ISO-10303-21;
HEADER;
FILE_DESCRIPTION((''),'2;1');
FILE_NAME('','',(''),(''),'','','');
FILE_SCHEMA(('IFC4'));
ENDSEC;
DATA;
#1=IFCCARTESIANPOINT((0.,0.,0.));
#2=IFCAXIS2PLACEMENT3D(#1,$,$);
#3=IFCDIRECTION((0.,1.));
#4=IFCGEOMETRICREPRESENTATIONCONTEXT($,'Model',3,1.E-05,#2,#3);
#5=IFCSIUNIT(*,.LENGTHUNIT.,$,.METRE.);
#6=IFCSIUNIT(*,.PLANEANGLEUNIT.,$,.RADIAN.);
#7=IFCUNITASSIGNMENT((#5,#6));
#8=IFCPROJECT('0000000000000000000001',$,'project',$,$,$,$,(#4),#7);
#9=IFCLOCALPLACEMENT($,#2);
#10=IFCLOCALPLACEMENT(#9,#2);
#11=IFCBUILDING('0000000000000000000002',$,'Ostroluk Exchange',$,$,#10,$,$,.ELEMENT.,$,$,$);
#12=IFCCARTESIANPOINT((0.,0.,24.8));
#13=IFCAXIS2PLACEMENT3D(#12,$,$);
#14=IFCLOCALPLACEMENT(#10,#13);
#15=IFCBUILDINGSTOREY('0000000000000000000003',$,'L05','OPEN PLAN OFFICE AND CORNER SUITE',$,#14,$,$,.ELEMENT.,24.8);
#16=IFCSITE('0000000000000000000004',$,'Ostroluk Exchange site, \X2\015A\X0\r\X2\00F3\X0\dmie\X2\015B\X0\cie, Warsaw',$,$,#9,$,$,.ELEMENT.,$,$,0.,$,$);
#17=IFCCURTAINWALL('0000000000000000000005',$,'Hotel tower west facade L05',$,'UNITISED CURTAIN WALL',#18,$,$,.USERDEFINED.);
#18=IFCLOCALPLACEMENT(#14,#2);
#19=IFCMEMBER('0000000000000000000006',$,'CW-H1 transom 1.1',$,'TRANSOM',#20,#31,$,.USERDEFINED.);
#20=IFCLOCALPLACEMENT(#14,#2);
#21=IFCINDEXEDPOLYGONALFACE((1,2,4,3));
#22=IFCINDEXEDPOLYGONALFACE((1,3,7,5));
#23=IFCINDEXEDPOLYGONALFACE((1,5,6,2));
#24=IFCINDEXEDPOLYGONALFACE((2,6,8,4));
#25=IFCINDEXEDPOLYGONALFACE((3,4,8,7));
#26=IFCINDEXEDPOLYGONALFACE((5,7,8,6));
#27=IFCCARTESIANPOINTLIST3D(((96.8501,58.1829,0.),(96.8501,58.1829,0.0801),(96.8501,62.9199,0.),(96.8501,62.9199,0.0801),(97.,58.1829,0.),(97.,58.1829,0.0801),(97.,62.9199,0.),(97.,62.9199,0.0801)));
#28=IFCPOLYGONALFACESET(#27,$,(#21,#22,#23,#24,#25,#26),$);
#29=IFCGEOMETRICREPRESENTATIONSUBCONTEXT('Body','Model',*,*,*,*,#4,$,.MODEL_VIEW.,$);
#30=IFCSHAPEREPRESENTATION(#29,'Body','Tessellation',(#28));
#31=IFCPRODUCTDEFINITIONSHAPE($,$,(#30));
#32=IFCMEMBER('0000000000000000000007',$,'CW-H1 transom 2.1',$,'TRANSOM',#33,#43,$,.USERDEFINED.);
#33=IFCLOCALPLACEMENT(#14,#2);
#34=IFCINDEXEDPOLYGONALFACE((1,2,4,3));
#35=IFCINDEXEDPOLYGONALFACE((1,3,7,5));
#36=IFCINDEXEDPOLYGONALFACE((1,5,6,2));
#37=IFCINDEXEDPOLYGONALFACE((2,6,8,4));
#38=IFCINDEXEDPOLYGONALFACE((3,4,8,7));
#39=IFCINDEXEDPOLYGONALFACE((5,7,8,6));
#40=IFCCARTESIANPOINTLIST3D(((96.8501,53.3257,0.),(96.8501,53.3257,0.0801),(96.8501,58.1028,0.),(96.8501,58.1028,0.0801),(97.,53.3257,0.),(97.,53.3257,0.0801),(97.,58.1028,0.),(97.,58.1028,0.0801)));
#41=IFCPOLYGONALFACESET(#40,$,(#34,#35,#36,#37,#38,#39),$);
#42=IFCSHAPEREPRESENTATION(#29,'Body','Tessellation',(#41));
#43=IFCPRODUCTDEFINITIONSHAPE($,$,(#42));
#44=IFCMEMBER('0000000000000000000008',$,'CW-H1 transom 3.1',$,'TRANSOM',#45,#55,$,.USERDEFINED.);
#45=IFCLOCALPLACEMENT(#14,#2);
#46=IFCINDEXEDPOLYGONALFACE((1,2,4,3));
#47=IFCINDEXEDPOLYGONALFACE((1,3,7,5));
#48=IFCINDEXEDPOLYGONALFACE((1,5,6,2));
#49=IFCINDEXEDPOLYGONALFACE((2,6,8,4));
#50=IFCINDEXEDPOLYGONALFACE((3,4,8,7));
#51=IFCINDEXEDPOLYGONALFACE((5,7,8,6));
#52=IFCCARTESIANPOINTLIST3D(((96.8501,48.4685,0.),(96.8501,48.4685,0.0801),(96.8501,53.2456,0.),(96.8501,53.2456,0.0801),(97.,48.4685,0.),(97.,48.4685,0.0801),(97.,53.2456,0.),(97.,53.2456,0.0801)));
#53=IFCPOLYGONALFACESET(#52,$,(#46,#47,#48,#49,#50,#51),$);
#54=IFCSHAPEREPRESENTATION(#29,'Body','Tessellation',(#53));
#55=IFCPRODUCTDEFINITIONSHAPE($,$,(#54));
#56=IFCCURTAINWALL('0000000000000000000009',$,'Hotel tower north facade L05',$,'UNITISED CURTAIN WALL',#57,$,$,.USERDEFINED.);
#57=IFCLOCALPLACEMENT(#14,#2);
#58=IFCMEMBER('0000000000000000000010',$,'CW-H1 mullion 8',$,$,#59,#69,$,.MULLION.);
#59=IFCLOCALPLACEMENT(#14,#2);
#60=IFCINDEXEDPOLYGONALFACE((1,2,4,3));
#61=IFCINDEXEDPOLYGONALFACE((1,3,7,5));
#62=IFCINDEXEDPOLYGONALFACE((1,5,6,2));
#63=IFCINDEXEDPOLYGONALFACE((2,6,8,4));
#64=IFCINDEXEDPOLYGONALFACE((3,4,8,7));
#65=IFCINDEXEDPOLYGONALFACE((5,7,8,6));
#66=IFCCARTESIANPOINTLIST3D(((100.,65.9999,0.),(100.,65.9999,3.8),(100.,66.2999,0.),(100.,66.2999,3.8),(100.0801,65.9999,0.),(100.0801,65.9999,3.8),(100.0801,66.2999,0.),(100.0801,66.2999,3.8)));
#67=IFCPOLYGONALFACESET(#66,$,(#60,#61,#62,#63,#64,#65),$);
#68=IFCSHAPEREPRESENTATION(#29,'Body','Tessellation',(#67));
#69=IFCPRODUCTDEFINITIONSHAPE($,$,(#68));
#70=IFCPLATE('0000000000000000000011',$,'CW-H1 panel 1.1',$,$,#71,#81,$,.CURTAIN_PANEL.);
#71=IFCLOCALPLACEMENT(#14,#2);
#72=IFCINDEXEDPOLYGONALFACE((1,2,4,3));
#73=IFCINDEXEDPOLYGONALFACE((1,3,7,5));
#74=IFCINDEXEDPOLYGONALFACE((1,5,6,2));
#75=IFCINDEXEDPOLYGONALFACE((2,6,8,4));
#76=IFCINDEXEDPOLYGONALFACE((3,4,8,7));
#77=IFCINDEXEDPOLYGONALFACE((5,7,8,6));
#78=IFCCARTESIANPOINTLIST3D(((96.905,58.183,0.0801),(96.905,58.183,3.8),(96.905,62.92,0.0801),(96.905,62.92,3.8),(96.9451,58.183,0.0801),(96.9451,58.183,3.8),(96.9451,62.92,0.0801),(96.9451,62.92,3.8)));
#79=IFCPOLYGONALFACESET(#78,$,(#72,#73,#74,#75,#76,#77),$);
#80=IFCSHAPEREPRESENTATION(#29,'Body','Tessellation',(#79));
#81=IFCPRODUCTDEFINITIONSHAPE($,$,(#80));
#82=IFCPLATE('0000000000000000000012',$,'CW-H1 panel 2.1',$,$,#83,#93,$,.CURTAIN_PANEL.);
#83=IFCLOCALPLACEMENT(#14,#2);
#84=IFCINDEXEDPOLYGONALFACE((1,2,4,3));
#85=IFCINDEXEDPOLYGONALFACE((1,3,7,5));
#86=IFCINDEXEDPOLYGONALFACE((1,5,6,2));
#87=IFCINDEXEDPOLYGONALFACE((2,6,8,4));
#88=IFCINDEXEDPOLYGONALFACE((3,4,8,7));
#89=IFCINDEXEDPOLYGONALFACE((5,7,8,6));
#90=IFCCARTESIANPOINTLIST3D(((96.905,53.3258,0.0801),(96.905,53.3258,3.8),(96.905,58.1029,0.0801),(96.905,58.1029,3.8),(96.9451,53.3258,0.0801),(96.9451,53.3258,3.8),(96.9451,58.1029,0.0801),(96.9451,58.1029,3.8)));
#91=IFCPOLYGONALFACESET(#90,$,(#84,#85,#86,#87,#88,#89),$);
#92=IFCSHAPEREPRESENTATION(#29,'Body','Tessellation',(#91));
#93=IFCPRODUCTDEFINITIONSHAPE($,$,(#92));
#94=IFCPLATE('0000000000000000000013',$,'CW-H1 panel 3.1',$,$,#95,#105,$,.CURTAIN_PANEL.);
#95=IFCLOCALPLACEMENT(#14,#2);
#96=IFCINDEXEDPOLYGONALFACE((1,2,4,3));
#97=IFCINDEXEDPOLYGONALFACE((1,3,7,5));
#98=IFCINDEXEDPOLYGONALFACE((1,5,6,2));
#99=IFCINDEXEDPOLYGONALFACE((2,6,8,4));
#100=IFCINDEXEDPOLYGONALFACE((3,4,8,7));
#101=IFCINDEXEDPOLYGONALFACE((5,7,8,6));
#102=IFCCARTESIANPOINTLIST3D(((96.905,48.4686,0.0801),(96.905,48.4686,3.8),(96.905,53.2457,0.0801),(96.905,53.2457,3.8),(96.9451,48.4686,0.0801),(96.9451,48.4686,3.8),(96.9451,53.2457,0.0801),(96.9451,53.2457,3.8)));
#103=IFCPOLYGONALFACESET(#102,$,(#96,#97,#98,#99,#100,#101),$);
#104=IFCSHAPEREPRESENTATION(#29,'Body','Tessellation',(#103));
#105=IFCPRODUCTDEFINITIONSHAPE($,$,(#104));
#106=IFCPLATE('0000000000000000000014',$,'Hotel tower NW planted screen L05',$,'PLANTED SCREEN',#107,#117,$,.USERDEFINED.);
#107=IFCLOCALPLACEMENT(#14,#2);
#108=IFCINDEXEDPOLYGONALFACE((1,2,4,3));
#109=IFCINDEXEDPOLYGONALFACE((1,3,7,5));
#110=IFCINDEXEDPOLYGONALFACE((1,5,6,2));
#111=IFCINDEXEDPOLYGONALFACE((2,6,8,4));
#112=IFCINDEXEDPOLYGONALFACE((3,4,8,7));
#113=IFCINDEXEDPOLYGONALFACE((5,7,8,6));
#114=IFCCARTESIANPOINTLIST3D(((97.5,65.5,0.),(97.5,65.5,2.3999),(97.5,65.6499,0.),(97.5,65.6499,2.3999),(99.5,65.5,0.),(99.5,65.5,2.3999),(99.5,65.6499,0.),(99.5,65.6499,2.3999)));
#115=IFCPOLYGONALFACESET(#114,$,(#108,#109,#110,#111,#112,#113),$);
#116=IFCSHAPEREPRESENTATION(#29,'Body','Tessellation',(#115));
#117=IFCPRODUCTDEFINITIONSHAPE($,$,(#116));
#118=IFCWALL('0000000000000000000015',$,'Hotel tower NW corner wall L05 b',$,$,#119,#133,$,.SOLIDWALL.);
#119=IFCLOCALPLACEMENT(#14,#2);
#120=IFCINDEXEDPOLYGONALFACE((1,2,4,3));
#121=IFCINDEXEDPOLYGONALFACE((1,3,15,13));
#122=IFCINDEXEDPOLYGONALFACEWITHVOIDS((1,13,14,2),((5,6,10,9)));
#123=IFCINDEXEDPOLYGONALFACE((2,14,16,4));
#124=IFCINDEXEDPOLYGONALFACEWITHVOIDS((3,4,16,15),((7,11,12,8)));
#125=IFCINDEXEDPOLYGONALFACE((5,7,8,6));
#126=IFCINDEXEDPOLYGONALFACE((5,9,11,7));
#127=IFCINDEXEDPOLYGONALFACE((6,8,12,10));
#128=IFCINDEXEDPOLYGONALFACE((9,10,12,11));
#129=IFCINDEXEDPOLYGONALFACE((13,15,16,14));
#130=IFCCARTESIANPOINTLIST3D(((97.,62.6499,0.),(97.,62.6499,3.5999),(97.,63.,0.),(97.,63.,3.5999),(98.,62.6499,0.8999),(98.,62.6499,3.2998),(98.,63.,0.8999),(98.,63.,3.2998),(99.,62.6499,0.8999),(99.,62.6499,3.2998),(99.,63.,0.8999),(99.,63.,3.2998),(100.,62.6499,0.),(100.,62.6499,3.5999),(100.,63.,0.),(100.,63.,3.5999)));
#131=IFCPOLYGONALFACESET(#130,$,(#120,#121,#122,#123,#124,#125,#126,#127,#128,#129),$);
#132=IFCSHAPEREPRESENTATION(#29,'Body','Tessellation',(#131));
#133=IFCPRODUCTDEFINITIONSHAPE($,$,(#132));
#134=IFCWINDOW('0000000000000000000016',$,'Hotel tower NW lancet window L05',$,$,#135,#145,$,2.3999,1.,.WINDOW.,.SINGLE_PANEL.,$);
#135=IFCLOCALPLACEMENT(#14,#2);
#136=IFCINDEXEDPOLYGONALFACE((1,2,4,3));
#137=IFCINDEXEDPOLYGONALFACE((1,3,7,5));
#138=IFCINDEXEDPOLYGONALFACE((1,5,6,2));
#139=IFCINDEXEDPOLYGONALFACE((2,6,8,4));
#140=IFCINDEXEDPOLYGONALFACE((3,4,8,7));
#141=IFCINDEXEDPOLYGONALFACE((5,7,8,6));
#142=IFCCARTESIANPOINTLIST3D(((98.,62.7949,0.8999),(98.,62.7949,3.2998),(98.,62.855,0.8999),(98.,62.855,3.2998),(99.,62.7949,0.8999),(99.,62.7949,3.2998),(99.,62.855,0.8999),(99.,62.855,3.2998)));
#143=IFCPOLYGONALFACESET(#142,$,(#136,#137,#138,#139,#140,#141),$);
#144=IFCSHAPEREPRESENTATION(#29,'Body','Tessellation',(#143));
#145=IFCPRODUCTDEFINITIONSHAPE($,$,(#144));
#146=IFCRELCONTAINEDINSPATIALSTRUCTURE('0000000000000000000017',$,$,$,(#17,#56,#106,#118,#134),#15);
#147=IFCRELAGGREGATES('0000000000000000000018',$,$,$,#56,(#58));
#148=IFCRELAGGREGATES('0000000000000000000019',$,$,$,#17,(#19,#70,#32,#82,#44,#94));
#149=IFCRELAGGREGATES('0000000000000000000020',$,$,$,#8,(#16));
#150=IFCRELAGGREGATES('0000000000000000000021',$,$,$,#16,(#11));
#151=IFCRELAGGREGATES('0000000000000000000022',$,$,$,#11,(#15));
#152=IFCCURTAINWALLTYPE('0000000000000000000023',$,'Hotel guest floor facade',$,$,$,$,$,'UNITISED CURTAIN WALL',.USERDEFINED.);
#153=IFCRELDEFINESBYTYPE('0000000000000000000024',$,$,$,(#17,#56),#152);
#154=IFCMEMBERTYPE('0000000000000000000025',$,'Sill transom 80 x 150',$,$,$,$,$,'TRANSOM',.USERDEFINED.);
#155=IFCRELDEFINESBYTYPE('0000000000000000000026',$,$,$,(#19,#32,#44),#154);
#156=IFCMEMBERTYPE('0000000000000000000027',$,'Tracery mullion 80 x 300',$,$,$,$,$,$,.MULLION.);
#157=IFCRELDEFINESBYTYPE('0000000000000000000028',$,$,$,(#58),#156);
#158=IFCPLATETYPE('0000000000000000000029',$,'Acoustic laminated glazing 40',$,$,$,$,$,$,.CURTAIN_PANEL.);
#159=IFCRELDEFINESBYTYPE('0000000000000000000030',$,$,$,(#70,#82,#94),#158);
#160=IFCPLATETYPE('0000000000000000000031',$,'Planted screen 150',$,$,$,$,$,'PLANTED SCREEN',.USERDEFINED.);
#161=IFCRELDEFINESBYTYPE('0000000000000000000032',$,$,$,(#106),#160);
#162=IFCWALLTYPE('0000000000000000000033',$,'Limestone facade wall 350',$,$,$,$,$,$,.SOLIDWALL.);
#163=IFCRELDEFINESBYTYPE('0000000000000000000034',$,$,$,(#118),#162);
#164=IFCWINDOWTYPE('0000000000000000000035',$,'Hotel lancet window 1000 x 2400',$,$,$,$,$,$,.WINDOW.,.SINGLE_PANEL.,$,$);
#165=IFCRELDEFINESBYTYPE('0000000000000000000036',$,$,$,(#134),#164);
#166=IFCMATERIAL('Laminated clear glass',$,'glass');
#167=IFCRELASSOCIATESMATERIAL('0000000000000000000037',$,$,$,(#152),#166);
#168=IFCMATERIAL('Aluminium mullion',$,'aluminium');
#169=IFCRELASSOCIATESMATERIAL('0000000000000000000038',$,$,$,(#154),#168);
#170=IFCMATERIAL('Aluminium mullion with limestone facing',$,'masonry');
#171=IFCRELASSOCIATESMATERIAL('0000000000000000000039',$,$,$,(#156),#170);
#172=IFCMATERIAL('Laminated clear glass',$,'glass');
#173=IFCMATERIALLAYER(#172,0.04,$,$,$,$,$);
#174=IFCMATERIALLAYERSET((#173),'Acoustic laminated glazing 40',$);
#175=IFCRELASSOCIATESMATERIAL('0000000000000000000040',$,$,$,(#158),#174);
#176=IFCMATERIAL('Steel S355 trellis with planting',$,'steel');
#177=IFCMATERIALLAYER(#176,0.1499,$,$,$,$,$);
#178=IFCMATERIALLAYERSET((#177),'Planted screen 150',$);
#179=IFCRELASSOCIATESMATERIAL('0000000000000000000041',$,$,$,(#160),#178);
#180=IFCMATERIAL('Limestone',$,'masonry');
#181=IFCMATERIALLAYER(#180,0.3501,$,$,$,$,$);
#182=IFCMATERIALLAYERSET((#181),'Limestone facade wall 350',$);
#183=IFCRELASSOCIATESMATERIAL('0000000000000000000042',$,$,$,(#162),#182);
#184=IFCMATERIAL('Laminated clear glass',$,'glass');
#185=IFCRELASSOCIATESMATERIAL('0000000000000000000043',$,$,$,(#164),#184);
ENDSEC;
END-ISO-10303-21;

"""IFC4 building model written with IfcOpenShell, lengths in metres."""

from ifc_helpers import new_model, si_unit, direction, frame, frame_2d, origin, origin_2d, place, context, subcontext, project, spatial, rectangle, extrude, material, layer, layer_set, material_profile, profile_set, type_object, element, fill, aggregate, save


model = new_model("IFC4")

# Units and contexts
model_context = context("Model", 3, precision=1e-05, world=origin(), true_north=direction((0.0, 1.0)))
body_context = subcontext(model_context, "Body", "Model", "MODEL_VIEW")
ifc_project = project(units=[si_unit("LENGTHUNIT", "METRE"), si_unit("PLANEANGLEUNIT", "RADIAN")], contexts=[model_context])

# Site, building, storey
site_placement = place(None, origin())
site = spatial("IfcSite", under=ifc_project, at=site_placement, Name="Ostroluk Exchange site, Śródmieście, Warsaw", CompositionType="ELEMENT", RefElevation=0.0)
building_placement = place(site_placement, origin())
building = spatial("IfcBuilding", under=site, at=building_placement, Name="Ostroluk Exchange", CompositionType="ELEMENT")
storey_placement = place(building_placement, frame((0.0, 0.0, 24.8)))
storey = spatial("IfcBuildingStorey", under=building, at=storey_placement, Name="L05", Description="OPEN PLAN OFFICE AND CORNER SUITE", CompositionType="ELEMENT", Elevation=24.8)

# Curtain wall, members
ifc_material_1 = material(Name="Laminated clear glass", Category="glass")
curtain_wall_type = type_object("IfcCurtainWallType", Name="Hotel guest floor facade", ElementType="UNITISED CURTAIN WALL", PredefinedType="USERDEFINED", material=ifc_material_1)
curtain_wall_1_placement = place(storey_placement, origin())
curtain_wall_1 = element("IfcCurtainWall", 1, at=curtain_wall_1_placement, inside=storey, type_object=curtain_wall_type, Name="Hotel tower west facade L05", ObjectType="UNITISED CURTAIN WALL", PredefinedType="USERDEFINED")
ifc_material_2 = material(Name="Aluminium mullion", Category="aluminium")
ifc_material_profile_1 = material_profile(ifc_material_2, rectangle(XDim=0.1499, YDim=0.0801, at=origin_2d()), Name="Sill transom 80 x 150")
ifc_profile_set_1 = profile_set([ifc_material_profile_1], Name="Aluminium mullion")
member_type_1 = type_object("IfcMemberType", Name="Sill transom 80 x 150", ElementType="TRANSOM", PredefinedType="USERDEFINED", material=ifc_profile_set_1)
member_1_placement = place(storey_placement, frame((96.925, 62.9199, 0.04), z_axis=(0.0, -1.0, 0.0), x_axis=(1.0, 0.0, 0.0)))
member_1 = element("IfcMember", 2, at=member_1_placement, type_object=member_type_1, Name="CW-H1 transom 1.1", ObjectType="TRANSOM", PredefinedType="USERDEFINED", context=body_context, shape_type="SweptSolid", body=[
    extrude(rectangle(XDim=0.1499, YDim=0.0801, at=origin_2d()), origin(), (0.0, 0.0, 1.0), 4.7371),
])
member_2_placement = place(storey_placement, frame((96.925, 58.1028, 0.04), z_axis=(0.0, -1.0, 0.0), x_axis=(1.0, 0.0, 0.0)))
member_2 = element("IfcMember", 3, at=member_2_placement, type_object=member_type_1, Name="CW-H1 transom 2.1", ObjectType="TRANSOM", PredefinedType="USERDEFINED", context=body_context, shape_type="SweptSolid", body=[
    extrude(rectangle(XDim=0.1499, YDim=0.0801, at=origin_2d()), origin(), (0.0, 0.0, 1.0), 4.7771),
])
member_3_placement = place(storey_placement, frame((96.925, 53.2456, 0.04), z_axis=(0.0, -1.0, 0.0), x_axis=(1.0, 0.0, 0.0)))
member_3 = element("IfcMember", 4, at=member_3_placement, type_object=member_type_1, Name="CW-H1 transom 3.1", ObjectType="TRANSOM", PredefinedType="USERDEFINED", context=body_context, shape_type="SweptSolid", body=[
    extrude(rectangle(XDim=0.1499, YDim=0.0801, at=origin_2d()), origin(), (0.0, 0.0, 1.0), 4.7771),
])

# Curtain wall, member
curtain_wall_2_placement = place(storey_placement, origin())
curtain_wall_2 = element("IfcCurtainWall", 5, at=curtain_wall_2_placement, inside=storey, type_object=curtain_wall_type, Name="Hotel tower north facade L05", ObjectType="UNITISED CURTAIN WALL", PredefinedType="USERDEFINED")
ifc_material_3 = material(Name="Aluminium mullion with limestone facing", Category="masonry")
ifc_material_profile_2 = material_profile(ifc_material_3, rectangle(XDim=0.3, YDim=0.0801, at=origin_2d()), Name="Tracery mullion 80 x 300")
ifc_profile_set_2 = profile_set([ifc_material_profile_2], Name="Aluminium mullion with limestone facing")
member_type_2 = type_object("IfcMemberType", Name="Tracery mullion 80 x 300", PredefinedType="MULLION", material=ifc_profile_set_2)
member_4_placement = place(storey_placement, frame((100.04, 66.1499, 0.0), z_axis=(0.0, 0.0, 1.0), x_axis=(0.0, -1.0, 0.0)))
member_4 = element("IfcMember", 6, at=member_4_placement, type_object=member_type_2, Name="CW-H1 mullion 8", PredefinedType="MULLION", context=body_context, shape_type="SweptSolid", body=[
    extrude(rectangle(XDim=0.3, YDim=0.0801, at=origin_2d()), origin(), (0.0, 0.0, 1.0), 3.8),
])
aggregate(curtain_wall_2, [member_4])

# Plates
ifc_material_4 = material(Name="Laminated clear glass", Category="glass")
ifc_layer_1 = layer(ifc_material_4, 0.04)
ifc_layer_set_1 = layer_set([ifc_layer_1], Name="Acoustic laminated glazing 40")
plate_type_1 = type_object("IfcPlateType", Name="Acoustic laminated glazing 40", PredefinedType="CURTAIN_PANEL", material=ifc_layer_set_1)
plate_1_placement = place(storey_placement, frame((96.925, 60.5515, 0.0801), z_axis=(0.0, 0.0, 1.0), x_axis=(0.0, -1.0, 0.0)))
plate_1 = element("IfcPlate", 7, at=plate_1_placement, type_object=plate_type_1, Name="CW-H1 panel 1.1", PredefinedType="CURTAIN_PANEL", context=body_context, shape_type="SweptSolid", body=[
    extrude(rectangle(XDim=4.7371, YDim=0.04, at=origin_2d()), origin(), (0.0, 0.0, 1.0), 3.72),
])
plate_2_placement = place(storey_placement, frame((96.925, 55.7144, 0.0801), z_axis=(0.0, 0.0, 1.0), x_axis=(0.0, -1.0, 0.0)))
plate_2 = element("IfcPlate", 8, at=plate_2_placement, type_object=plate_type_1, Name="CW-H1 panel 2.1", PredefinedType="CURTAIN_PANEL", context=body_context, shape_type="SweptSolid", body=[
    extrude(rectangle(XDim=4.7771, YDim=0.04, at=origin_2d()), origin(), (0.0, 0.0, 1.0), 3.72),
])
plate_3_placement = place(storey_placement, frame((96.925, 50.8572, 0.0801), z_axis=(0.0, 0.0, 1.0), x_axis=(0.0, -1.0, 0.0)))
plate_3 = element("IfcPlate", 9, at=plate_3_placement, type_object=plate_type_1, Name="CW-H1 panel 3.1", PredefinedType="CURTAIN_PANEL", context=body_context, shape_type="SweptSolid", body=[
    extrude(rectangle(XDim=4.7771, YDim=0.04, at=origin_2d()), origin(), (0.0, 0.0, 1.0), 3.72),
])
aggregate(curtain_wall_1, [member_1, plate_1, member_2, plate_2, member_3, plate_3])
ifc_material_5 = material(Name="Steel S355 trellis with planting", Category="steel")
ifc_layer_2 = layer(ifc_material_5, 0.1499)
ifc_layer_set_2 = layer_set([ifc_layer_2], Name="Planted screen 150")
plate_type_2 = type_object("IfcPlateType", Name="Planted screen 150", ElementType="PLANTED SCREEN", PredefinedType="USERDEFINED", material=ifc_layer_set_2)
plate_4_placement = place(storey_placement, frame((98.5, 65.575, 0.0), z_axis=(0.0, 0.0, 1.0), x_axis=(1.0, 0.0, 0.0)))
element("IfcPlate", 10, at=plate_4_placement, inside=storey, type_object=plate_type_2, Name="Hotel tower NW planted screen L05", ObjectType="PLANTED SCREEN", PredefinedType="USERDEFINED", context=body_context, shape_type="SweptSolid", body=[
    extrude(rectangle(XDim=2.0, YDim=0.1499, at=origin_2d()), origin(), (0.0, 0.0, 1.0), 2.3999),
])

# Shared definitions
ifc_material_6 = material(Name="Limestone", Category="masonry")
ifc_layer_3 = layer(ifc_material_6, 0.3501)
ifc_layer_set_3 = layer_set([ifc_layer_3], Name="Limestone facade wall 350")
wall_type = type_object("IfcWallType", Name="Limestone facade wall 350", PredefinedType="SOLIDWALL", material=ifc_layer_set_3)

# Wall, opening, window
wall_1_placement = place(storey_placement, frame((100.0, 62.825, 0.0), z_axis=(0.0, 0.0, 1.0), x_axis=(-1.0, 0.0, 0.0)))
wall_1 = element("IfcWall", 11, at=wall_1_placement, inside=storey, type_object=wall_type, Name="Hotel tower NW corner wall L05 b", PredefinedType="SOLIDWALL", context=body_context, shape_type="SweptSolid", body=[
    extrude(rectangle(XDim=3.0, YDim=0.3501, at=frame_2d((1.5, 0.0))), origin(), (0.0, 0.0, 1.0), 3.5999),
])
opening_1_placement = place(wall_1_placement, frame((1.0, 0.0, 0.8999)))
opening_1 = element("IfcOpeningElement", 12, at=opening_1_placement, cuts=wall_1, PredefinedType="OPENING", context=body_context, shape_type="SweptSolid", body=[
    extrude(rectangle(XDim=1.0, YDim=2.3999, at=frame_2d((0.5, 1.2))), frame((0.0, 0.1851, 0.0), z_axis=(0.0, -1.0, 0.0), x_axis=(1.0, 0.0, 0.0)), (0.0, 0.0, 1.0), 0.3701),
])
ifc_material_7 = material(Name="Laminated clear glass", Category="glass")
window_type = type_object("IfcWindowType", Name="Hotel lancet window 1000 x 2400", PartitioningType="SINGLE_PANEL", PredefinedType="WINDOW", material=ifc_material_7)
window_placement = place(opening_1_placement, origin())
window = element("IfcWindow", 13, at=window_placement, inside=storey, type_object=window_type, Name="Hotel tower NW lancet window L05", OverallHeight=2.3999, OverallWidth=1.0, PartitioningType="SINGLE_PANEL", PredefinedType="WINDOW", context=body_context, shape_type="SweptSolid", body=[
    extrude(rectangle(XDim=1.0, YDim=2.3999, at=frame_2d((0.5, 1.2))), frame((0.0, 0.03, 0.0), z_axis=(0.0, -1.0, 0.0), x_axis=(1.0, 0.0, 0.0)), (0.0, 0.0, 1.0), 0.0601),
])
fill(opening_1, window)

save(model, "model.ifc")
